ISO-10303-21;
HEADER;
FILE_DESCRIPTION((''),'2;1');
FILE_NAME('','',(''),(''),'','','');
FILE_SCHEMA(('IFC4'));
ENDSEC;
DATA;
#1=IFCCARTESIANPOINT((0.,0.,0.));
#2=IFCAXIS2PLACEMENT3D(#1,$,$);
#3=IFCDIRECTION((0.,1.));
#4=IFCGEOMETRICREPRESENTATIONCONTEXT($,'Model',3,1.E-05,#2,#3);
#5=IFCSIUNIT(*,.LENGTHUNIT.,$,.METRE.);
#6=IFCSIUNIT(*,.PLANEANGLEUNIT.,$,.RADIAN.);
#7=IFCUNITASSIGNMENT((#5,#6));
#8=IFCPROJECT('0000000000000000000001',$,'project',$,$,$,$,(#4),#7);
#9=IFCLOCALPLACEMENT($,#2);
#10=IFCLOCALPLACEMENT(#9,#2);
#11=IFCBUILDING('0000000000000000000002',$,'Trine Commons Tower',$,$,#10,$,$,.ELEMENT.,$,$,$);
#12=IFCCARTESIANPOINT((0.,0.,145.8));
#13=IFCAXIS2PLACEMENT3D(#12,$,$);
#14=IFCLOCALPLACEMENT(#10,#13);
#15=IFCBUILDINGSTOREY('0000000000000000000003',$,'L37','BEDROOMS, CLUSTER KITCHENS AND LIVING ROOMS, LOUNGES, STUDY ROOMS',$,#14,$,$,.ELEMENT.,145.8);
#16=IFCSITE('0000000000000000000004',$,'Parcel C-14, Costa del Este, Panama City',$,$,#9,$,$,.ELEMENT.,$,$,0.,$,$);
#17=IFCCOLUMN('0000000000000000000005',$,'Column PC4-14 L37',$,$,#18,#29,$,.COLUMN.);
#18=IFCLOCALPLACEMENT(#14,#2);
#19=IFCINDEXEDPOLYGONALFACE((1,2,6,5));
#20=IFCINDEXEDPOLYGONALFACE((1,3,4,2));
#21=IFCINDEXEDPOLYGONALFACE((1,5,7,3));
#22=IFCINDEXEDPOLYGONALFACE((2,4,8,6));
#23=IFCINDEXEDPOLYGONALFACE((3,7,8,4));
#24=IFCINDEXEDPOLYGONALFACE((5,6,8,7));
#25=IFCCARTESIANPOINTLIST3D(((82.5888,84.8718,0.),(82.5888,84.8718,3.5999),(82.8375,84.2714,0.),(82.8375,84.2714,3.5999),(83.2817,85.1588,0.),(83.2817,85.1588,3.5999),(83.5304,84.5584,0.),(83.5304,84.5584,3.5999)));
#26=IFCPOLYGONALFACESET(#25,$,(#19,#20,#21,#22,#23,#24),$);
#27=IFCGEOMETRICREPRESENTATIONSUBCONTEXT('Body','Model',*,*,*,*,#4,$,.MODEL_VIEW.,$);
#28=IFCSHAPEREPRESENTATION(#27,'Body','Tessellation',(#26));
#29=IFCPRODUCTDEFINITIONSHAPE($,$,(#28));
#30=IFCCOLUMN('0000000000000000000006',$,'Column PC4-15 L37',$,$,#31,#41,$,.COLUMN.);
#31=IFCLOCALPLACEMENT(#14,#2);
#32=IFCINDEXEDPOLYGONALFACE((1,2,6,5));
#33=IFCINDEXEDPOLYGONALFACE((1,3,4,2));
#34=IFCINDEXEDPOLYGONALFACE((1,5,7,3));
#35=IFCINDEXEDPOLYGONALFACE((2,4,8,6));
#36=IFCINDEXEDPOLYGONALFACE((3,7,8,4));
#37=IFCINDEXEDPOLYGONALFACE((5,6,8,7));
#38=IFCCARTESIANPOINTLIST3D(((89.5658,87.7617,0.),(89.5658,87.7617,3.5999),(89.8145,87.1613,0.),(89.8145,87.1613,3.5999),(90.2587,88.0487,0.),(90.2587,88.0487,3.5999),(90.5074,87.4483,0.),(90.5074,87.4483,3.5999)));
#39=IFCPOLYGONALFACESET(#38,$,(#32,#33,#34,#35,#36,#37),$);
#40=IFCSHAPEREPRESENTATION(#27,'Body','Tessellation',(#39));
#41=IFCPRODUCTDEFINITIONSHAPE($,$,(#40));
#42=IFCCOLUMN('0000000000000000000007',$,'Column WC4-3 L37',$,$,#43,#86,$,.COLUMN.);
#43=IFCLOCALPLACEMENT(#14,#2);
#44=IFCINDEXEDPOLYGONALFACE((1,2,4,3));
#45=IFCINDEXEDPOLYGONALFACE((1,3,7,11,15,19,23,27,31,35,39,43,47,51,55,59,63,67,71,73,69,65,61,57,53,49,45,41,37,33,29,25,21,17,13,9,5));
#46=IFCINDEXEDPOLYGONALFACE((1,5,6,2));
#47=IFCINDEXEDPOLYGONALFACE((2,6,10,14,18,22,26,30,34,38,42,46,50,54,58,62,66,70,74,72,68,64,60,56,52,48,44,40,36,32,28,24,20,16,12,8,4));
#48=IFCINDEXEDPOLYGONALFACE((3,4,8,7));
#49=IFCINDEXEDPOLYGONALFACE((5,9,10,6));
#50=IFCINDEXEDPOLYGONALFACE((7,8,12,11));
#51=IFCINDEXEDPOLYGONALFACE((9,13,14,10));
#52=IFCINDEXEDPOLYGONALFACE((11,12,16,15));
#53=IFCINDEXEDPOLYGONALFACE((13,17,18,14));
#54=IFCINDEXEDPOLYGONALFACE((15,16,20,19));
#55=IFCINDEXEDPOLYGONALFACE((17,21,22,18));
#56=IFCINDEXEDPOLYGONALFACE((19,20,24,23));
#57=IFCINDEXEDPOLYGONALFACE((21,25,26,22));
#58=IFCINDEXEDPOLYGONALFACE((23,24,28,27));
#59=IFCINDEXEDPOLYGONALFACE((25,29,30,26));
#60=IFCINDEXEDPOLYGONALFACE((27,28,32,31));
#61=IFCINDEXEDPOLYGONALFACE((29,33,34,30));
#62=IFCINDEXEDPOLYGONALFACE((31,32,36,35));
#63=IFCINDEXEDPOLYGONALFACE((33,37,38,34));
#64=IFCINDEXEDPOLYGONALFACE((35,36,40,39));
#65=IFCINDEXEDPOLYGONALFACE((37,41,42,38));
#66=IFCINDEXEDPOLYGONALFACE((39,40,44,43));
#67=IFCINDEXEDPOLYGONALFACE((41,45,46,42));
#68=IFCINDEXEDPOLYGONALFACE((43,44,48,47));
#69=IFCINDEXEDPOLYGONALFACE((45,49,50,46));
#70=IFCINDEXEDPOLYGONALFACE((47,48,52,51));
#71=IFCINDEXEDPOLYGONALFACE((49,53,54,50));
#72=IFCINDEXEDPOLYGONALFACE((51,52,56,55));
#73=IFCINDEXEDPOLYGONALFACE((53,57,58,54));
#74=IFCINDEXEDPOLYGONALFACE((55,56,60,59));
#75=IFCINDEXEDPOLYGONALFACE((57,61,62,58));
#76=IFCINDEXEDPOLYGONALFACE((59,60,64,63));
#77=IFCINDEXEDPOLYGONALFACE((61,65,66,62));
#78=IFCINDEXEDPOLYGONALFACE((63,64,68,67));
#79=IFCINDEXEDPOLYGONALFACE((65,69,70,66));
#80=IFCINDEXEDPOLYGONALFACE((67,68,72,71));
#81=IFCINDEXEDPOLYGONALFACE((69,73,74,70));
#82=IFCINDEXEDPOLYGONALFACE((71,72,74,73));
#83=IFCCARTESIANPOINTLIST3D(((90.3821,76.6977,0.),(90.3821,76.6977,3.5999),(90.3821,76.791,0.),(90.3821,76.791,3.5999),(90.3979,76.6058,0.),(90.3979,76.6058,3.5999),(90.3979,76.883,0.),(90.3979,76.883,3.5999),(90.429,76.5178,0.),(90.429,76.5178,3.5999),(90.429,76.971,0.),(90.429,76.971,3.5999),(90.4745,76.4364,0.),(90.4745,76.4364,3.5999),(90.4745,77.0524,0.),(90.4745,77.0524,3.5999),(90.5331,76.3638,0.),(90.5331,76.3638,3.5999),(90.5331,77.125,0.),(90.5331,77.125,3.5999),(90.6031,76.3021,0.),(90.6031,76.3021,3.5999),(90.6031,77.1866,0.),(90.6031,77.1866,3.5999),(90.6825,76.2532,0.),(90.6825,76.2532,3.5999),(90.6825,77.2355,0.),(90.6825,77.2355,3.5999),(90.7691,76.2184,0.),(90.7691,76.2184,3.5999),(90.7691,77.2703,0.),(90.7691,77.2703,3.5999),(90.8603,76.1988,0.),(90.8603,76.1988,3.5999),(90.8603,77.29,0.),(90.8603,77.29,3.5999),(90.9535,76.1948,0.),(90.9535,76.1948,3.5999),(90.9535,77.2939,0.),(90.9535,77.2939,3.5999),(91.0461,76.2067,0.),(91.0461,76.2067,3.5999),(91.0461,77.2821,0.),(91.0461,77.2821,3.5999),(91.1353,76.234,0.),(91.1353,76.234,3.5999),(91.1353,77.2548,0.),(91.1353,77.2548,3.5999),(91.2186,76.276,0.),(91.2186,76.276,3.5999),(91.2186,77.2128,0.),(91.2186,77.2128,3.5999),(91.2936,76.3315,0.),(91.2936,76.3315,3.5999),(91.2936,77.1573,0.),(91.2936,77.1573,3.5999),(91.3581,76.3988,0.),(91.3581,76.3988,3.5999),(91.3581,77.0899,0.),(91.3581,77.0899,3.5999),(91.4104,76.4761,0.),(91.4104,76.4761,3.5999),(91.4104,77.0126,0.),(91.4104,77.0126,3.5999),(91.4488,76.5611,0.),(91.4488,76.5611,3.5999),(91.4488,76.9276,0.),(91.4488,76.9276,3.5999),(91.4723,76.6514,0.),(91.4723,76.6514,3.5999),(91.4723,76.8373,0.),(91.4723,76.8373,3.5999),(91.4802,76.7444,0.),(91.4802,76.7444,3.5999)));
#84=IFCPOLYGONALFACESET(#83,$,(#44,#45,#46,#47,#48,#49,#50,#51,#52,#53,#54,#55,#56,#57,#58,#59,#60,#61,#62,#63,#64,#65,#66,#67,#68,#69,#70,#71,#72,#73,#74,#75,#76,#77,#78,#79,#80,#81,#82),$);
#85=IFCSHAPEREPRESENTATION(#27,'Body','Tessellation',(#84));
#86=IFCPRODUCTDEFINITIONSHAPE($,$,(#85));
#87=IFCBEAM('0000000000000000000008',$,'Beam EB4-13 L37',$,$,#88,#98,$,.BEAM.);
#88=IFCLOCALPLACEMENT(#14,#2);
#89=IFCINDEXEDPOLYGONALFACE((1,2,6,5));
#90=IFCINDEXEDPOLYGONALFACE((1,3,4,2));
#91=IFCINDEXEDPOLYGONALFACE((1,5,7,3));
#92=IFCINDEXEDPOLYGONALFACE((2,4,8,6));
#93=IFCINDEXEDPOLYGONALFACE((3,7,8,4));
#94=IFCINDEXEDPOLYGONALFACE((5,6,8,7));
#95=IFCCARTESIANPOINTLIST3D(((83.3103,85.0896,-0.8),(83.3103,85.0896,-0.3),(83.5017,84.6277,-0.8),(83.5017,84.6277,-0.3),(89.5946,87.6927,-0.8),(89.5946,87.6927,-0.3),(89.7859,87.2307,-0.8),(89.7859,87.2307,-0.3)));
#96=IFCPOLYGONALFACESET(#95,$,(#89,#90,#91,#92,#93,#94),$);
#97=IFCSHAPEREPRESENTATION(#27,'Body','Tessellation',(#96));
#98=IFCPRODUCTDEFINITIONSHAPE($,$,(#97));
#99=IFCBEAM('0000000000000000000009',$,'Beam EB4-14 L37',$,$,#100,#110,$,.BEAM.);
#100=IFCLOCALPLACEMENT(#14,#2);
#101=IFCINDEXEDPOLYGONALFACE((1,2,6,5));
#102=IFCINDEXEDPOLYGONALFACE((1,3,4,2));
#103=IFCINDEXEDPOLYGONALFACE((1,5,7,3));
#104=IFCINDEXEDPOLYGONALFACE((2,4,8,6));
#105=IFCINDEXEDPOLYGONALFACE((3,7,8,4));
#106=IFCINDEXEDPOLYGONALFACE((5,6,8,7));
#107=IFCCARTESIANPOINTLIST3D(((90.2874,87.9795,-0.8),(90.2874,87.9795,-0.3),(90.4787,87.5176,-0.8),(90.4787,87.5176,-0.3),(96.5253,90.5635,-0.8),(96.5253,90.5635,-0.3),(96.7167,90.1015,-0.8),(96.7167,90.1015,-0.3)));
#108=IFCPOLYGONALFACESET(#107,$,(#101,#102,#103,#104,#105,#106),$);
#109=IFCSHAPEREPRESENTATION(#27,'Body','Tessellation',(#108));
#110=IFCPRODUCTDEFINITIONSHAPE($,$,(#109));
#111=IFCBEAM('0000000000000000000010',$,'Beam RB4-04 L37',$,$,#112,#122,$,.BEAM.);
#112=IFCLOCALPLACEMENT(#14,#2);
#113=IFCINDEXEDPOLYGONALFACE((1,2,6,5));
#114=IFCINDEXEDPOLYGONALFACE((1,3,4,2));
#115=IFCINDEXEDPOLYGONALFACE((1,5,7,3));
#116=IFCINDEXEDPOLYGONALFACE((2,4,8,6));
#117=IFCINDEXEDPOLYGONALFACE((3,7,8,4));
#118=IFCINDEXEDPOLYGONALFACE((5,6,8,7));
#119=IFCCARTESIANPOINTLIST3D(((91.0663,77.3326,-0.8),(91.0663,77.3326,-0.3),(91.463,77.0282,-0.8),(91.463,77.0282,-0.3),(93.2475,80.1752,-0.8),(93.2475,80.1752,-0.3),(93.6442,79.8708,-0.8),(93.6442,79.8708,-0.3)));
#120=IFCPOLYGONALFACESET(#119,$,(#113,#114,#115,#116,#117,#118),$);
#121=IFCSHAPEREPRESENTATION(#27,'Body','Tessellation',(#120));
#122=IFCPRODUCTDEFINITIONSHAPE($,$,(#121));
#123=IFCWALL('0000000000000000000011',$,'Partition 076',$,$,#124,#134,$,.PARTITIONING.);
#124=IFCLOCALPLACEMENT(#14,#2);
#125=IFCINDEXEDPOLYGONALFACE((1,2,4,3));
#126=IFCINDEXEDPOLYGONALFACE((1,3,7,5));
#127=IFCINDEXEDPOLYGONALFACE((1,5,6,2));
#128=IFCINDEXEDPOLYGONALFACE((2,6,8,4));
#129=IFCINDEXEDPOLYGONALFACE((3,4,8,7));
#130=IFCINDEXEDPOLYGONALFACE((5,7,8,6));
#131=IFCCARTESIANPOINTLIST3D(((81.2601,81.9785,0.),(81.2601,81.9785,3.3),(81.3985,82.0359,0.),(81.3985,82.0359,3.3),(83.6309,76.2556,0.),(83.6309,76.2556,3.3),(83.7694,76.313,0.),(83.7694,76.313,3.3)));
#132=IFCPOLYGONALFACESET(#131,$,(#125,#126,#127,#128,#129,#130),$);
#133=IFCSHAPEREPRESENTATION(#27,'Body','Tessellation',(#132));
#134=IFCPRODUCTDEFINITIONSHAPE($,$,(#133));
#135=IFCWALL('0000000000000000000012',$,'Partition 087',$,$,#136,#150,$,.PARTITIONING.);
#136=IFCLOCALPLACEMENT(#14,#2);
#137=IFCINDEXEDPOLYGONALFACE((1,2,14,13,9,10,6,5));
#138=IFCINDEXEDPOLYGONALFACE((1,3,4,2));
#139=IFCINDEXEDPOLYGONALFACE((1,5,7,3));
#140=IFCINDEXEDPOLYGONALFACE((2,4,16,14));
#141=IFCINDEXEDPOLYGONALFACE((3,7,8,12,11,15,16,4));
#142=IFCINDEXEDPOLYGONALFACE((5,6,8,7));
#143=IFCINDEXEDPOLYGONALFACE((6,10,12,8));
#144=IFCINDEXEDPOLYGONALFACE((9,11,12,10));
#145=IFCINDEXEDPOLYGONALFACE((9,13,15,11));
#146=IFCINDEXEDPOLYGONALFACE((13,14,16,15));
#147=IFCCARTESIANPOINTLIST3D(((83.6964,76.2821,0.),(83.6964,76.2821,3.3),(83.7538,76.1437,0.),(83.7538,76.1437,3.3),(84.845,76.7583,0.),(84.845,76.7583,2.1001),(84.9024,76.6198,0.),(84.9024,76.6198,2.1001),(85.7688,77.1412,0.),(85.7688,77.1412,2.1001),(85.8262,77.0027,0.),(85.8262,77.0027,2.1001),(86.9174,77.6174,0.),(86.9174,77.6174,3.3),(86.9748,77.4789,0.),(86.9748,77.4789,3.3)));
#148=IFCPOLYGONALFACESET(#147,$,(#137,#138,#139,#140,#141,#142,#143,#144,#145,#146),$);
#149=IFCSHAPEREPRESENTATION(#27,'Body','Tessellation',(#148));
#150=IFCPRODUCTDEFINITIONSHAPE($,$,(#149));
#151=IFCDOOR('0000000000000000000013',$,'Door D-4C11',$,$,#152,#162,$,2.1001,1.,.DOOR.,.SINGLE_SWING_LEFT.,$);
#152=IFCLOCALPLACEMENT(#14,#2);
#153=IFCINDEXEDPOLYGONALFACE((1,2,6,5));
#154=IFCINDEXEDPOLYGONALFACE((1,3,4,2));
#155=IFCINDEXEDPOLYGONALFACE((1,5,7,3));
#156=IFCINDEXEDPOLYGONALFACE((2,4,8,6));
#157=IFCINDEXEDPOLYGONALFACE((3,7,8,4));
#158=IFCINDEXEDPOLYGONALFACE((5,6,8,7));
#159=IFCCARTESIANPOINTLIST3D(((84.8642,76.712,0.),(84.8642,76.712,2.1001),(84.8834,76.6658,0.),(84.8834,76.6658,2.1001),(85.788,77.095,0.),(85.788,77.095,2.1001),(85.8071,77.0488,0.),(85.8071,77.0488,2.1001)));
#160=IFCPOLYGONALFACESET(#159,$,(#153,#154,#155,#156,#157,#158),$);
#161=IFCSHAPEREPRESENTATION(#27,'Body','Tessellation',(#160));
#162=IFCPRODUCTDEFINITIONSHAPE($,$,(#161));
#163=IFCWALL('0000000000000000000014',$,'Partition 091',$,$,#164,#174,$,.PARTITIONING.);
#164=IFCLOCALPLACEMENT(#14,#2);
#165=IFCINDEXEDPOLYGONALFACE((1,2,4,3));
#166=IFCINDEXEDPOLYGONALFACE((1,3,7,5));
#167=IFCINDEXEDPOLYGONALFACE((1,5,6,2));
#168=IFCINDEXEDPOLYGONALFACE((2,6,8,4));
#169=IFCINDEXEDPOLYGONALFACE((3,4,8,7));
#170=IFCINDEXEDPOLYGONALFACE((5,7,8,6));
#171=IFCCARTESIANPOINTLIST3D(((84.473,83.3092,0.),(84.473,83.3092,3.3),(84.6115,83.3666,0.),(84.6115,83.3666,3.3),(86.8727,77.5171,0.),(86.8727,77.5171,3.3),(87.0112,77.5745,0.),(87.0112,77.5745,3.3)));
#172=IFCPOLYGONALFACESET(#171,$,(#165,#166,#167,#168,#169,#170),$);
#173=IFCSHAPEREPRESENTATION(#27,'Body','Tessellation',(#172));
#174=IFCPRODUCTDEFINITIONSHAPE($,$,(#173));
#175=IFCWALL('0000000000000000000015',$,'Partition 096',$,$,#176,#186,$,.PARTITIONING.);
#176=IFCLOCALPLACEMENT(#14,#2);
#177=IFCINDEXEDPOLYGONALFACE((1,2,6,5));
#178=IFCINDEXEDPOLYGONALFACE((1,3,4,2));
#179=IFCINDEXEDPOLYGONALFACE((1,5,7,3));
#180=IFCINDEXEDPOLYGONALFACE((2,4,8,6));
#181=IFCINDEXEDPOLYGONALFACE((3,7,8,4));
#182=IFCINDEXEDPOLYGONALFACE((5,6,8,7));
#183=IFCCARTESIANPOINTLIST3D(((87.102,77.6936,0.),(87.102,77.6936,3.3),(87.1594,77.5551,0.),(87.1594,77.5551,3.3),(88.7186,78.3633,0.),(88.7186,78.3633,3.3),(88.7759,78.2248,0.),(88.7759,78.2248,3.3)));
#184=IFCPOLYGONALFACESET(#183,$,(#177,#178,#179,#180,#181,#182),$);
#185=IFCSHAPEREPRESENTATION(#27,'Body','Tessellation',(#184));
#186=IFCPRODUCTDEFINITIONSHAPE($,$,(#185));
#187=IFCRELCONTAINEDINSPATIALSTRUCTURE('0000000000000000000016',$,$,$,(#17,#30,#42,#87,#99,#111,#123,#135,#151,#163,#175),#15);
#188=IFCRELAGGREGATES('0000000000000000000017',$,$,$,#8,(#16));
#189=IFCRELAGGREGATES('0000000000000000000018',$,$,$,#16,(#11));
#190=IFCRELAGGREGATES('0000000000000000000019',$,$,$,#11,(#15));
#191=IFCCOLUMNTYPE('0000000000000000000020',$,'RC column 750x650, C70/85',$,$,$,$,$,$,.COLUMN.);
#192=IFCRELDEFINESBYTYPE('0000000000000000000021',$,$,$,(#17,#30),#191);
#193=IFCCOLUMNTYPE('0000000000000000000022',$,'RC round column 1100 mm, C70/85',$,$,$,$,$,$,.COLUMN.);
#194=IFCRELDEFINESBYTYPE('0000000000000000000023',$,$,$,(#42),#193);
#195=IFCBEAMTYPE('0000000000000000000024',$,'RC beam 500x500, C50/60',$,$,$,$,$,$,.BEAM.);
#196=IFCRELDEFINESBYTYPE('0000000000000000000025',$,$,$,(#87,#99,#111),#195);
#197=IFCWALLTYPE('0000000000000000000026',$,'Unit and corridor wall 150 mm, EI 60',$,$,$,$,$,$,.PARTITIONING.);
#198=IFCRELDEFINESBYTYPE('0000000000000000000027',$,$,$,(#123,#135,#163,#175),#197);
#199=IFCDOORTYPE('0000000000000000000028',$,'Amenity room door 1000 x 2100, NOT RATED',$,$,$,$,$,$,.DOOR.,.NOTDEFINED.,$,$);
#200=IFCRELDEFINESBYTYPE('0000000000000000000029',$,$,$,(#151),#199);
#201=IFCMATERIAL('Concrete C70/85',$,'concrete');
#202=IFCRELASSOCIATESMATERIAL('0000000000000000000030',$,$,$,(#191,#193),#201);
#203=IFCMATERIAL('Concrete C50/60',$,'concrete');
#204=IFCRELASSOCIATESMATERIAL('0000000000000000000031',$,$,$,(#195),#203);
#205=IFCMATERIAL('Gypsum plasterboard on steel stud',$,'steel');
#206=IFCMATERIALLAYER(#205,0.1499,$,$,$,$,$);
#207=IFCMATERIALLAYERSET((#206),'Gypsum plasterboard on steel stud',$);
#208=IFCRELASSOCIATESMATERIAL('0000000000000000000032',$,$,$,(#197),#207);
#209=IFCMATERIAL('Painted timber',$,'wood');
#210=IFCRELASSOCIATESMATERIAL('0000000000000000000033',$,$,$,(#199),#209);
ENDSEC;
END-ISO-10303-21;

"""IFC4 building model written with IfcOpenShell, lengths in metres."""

from ifc_helpers import new_model, si_unit, direction, frame, frame_2d, origin, origin_2d, place, context, subcontext, project, spatial, rectangle, circle, extrude, material, layer, layer_set, material_profile, profile_set, type_object, element, fill, save


model = new_model("IFC4")

# Units and contexts
model_context = context("Model", 3, precision=1e-05, world=origin(), true_north=direction((0.0, 1.0)))
body_context = subcontext(model_context, "Body", "Model", "MODEL_VIEW")
ifc_project = project(units=[si_unit("LENGTHUNIT", "METRE"), si_unit("PLANEANGLEUNIT", "RADIAN")], contexts=[model_context])

# Site, building, storey
site_placement = place(None, origin())
site = spatial("IfcSite", under=ifc_project, at=site_placement, Name="Parcel C-14, Costa del Este, Panama City", CompositionType="ELEMENT", RefElevation=0.0)
building_placement = place(site_placement, origin())
building = spatial("IfcBuilding", under=site, at=building_placement, Name="Trine Commons Tower", CompositionType="ELEMENT")
storey_placement = place(building_placement, frame((0.0, 0.0, 145.8)))
storey = spatial("IfcBuildingStorey", under=building, at=storey_placement, Name="L37", Description="BEDROOMS, CLUSTER KITCHENS AND LIVING ROOMS, LOUNGES, STUDY ROOMS", CompositionType="ELEMENT", Elevation=145.8)

# Columns
ifc_material_1 = material(Name="Concrete C70/85", Category="concrete")
ifc_material_profile_1 = material_profile(ifc_material_1, rectangle(XDim=0.75, YDim=0.6499, at=origin_2d()), Name="RC 750x650")
ifc_profile_set_1 = profile_set([ifc_material_profile_1], Name="Concrete C70/85")
column_type_1 = type_object("IfcColumnType", Name="RC column 750x650, C70/85", PredefinedType="COLUMN", material=ifc_profile_set_1)
for number, where, z_axis, x_axis, name in (
    (1, (83.0596, 84.7151, 0.0), (0.0, 0.0, 1.0), (0.92388, 0.382683, 0.0), "Column PC4-14 L37"),
    (2, (90.0366, 87.605, 0.0), (0.0, 0.0, 1.0), (0.92388, 0.382683, 0.0), "Column PC4-15 L37"),
):
    element("IfcColumn", number, at=place(storey_placement, frame(where, z_axis=z_axis, x_axis=x_axis)), inside=storey, type_object=column_type_1, Name=name, PredefinedType="COLUMN", context=body_context, shape_type="SweptSolid", body=[
        extrude(rectangle(XDim=0.75, YDim=0.6499, at=origin_2d()), origin(), (0.0, 0.0, 1.0), 3.5999),
    ])
ifc_material_profile_2 = material_profile(ifc_material_1, circle(Radius=0.55, at=origin_2d()), Name="RC round 1100")
ifc_profile_set_2 = profile_set([ifc_material_profile_2], Name="Concrete C70/85")
column_type_2 = type_object("IfcColumnType", Name="RC round column 1100 mm, C70/85", PredefinedType="COLUMN", material=ifc_profile_set_2)
column_placement = place(storey_placement, frame((90.9302, 76.7444, 0.0), z_axis=(0.0, 0.0, 1.0), x_axis=(1.0, 0.0, 0.0)))
element("IfcColumn", 3, at=column_placement, inside=storey, type_object=column_type_2, Name="Column WC4-3 L37", PredefinedType="COLUMN", context=body_context, shape_type="SweptSolid", body=[
    extrude(circle(Radius=0.55, at=origin_2d()), origin(), (0.0, 0.0, 1.0), 3.5999),
])

# Beams
ifc_material_2 = material(Name="Concrete C50/60", Category="concrete")
ifc_material_profile_3 = material_profile(ifc_material_2, rectangle(XDim=0.5, YDim=0.5, at=origin_2d()), Name="RC 500x500")
ifc_profile_set_3 = profile_set([ifc_material_profile_3], Name="Concrete C50/60")
beam_type = type_object("IfcBeamType", Name="RC beam 500x500, C50/60", PredefinedType="BEAM", material=ifc_profile_set_3)
beam_1_placement = place(storey_placement, frame((83.406, 84.8586, -0.55), z_axis=(0.923878, 0.382688, 0.0), x_axis=(-0.382688, 0.923878, 0.0)))
element("IfcBeam", 4, at=beam_1_placement, inside=storey, type_object=beam_type, Name="Beam EB4-13 L37", PredefinedType="BEAM", context=body_context, shape_type="SweptSolid", body=[
    extrude(rectangle(XDim=0.5, YDim=0.5, at=origin_2d()), origin(), (0.0, 0.0, 1.0), 6.802),
])
beam_2_placement = place(storey_placement, frame((90.3831, 87.7485, -0.55), z_axis=(0.923874, 0.382697, 0.0), x_axis=(-0.382697, 0.923874, 0.0)))
element("IfcBeam", 5, at=beam_2_placement, inside=storey, type_object=beam_type, Name="Beam EB4-14 L37", PredefinedType="BEAM", context=body_context, shape_type="SweptSolid", body=[
    extrude(rectangle(XDim=0.5, YDim=0.5, at=origin_2d()), origin(), (0.0, 0.0, 1.0), 6.752),
])
beam_3_placement = place(storey_placement, frame((91.2646, 77.1804, -0.55), z_axis=(0.608762, 0.793353, 0.0), x_axis=(-0.793353, 0.608762, 0.0)))
element("IfcBeam", 6, at=beam_3_placement, inside=storey, type_object=beam_type, Name="Beam RB4-04 L37", PredefinedType="BEAM", context=body_context, shape_type="SweptSolid", body=[
    extrude(rectangle(XDim=0.5, YDim=0.5, at=origin_2d()), origin(), (0.0, 0.0, 1.0), 3.583),
])

# Wall
ifc_material_3 = material(Name="Gypsum plasterboard on steel stud", Category="steel")
ifc_layer_1 = layer(ifc_material_3, 0.1499)
ifc_layer_set_1 = layer_set([ifc_layer_1], Name="Gypsum plasterboard on steel stud")
wall_type_1 = type_object("IfcWallType", Name="Unit and corridor wall 150 mm, EI 60", PredefinedType="PARTITIONING", material=ifc_layer_set_1)
wall_1_placement = place(storey_placement, frame((81.3293, 82.0071, 0.0), z_axis=(0.0, 0.0, 1.0), x_axis=(0.382731, -0.92386, 0.0)))
element("IfcWall", 7, at=wall_1_placement, inside=storey, type_object=wall_type_1, Name="Partition 076", PredefinedType="PARTITIONING", context=body_context, shape_type="SweptSolid", body=[
    extrude(rectangle(XDim=6.1946, YDim=0.1499, at=frame_2d((3.0972, 0.0))), origin(), (0.0, 0.0, 1.0), 3.3),
])

# Wall, opening, door
wall_2_placement = place(storey_placement, frame((83.7251, 76.2129, 0.0), z_axis=(0.0, 0.0, 1.0), x_axis=(0.923774, 0.382939, 0.0)))
wall_2 = element("IfcWall", 8, at=wall_2_placement, inside=storey, type_object=wall_type_1, Name="Partition 087", PredefinedType="PARTITIONING", context=body_context, shape_type="SweptSolid", body=[
    extrude(rectangle(XDim=3.4868, YDim=0.1499, at=frame_2d((1.7434, 0.0))), origin(), (0.0, 0.0, 1.0), 3.3),
])
opening_1_placement = place(wall_2_placement, frame((1.2434, 0.0, 0.0)))
opening_1 = element("IfcOpeningElement", 9, at=opening_1_placement, cuts=wall_2, PredefinedType="OPENING", context=body_context, shape_type="SweptSolid", body=[
    extrude(rectangle(XDim=1.0, YDim=2.1001, at=frame_2d((0.5, 1.05))), frame((0.0, 0.085, 0.0), z_axis=(0.0, -1.0, 0.0), x_axis=(1.0, 0.0, 0.0)), (0.0, 0.0, 1.0), 0.1699),
])
ifc_material_4 = material(Name="Painted timber", Category="wood")
door_type_1 = type_object("IfcDoorType", Name="Amenity room door 1000 x 2100, NOT RATED", OperationType="NOTDEFINED", PredefinedType="DOOR", material=ifc_material_4)
door_1_placement = place(opening_1_placement, origin())
door_1 = element("IfcDoor", 10, at=door_1_placement, inside=storey, type_object=door_type_1, Name="Door D-4C11", OperationType="SINGLE_SWING_LEFT", OverallHeight=2.1001, OverallWidth=1.0, PredefinedType="DOOR", context=body_context, shape_type="SweptSolid", body=[
    extrude(rectangle(XDim=1.0, YDim=2.1001, at=frame_2d((0.5, 1.05))), frame((0.0, 0.0249, 0.0), z_axis=(0.0, -1.0, 0.0), x_axis=(1.0, 0.0, 0.0)), (0.0, 0.0, 1.0), 0.05),
])
fill(opening_1, door_1)

# Walls
wall_3_placement = place(storey_placement, frame((84.5422, 83.3379, 0.0), z_axis=(0.0, 0.0, 1.0), x_axis=(0.382756, -0.923849, 0.0)))
element("IfcWall", 11, at=wall_3_placement, inside=storey, type_object=wall_type_1, Name="Partition 091", PredefinedType="PARTITIONING", context=body_context, shape_type="SweptSolid", body=[
    extrude(rectangle(XDim=6.2695, YDim=0.1499, at=frame_2d((3.1348, 0.0))), origin(), (0.0, 0.0, 1.0), 3.3),
])
wall_4_placement = place(storey_placement, frame((87.1306, 77.6243, 0.0), z_axis=(0.0, 0.0, 1.0), x_axis=(0.923855, 0.382742, 0.0)))
element("IfcWall", 12, at=wall_4_placement, inside=storey, type_object=wall_type_1, Name="Partition 096", PredefinedType="PARTITIONING", context=body_context, shape_type="SweptSolid", body=[
    extrude(rectangle(XDim=1.7498, YDim=0.1499, at=frame_2d((0.875, 0.0))), origin(), (0.0, 0.0, 1.0), 3.3),
])

save(model, "model.ifc")
